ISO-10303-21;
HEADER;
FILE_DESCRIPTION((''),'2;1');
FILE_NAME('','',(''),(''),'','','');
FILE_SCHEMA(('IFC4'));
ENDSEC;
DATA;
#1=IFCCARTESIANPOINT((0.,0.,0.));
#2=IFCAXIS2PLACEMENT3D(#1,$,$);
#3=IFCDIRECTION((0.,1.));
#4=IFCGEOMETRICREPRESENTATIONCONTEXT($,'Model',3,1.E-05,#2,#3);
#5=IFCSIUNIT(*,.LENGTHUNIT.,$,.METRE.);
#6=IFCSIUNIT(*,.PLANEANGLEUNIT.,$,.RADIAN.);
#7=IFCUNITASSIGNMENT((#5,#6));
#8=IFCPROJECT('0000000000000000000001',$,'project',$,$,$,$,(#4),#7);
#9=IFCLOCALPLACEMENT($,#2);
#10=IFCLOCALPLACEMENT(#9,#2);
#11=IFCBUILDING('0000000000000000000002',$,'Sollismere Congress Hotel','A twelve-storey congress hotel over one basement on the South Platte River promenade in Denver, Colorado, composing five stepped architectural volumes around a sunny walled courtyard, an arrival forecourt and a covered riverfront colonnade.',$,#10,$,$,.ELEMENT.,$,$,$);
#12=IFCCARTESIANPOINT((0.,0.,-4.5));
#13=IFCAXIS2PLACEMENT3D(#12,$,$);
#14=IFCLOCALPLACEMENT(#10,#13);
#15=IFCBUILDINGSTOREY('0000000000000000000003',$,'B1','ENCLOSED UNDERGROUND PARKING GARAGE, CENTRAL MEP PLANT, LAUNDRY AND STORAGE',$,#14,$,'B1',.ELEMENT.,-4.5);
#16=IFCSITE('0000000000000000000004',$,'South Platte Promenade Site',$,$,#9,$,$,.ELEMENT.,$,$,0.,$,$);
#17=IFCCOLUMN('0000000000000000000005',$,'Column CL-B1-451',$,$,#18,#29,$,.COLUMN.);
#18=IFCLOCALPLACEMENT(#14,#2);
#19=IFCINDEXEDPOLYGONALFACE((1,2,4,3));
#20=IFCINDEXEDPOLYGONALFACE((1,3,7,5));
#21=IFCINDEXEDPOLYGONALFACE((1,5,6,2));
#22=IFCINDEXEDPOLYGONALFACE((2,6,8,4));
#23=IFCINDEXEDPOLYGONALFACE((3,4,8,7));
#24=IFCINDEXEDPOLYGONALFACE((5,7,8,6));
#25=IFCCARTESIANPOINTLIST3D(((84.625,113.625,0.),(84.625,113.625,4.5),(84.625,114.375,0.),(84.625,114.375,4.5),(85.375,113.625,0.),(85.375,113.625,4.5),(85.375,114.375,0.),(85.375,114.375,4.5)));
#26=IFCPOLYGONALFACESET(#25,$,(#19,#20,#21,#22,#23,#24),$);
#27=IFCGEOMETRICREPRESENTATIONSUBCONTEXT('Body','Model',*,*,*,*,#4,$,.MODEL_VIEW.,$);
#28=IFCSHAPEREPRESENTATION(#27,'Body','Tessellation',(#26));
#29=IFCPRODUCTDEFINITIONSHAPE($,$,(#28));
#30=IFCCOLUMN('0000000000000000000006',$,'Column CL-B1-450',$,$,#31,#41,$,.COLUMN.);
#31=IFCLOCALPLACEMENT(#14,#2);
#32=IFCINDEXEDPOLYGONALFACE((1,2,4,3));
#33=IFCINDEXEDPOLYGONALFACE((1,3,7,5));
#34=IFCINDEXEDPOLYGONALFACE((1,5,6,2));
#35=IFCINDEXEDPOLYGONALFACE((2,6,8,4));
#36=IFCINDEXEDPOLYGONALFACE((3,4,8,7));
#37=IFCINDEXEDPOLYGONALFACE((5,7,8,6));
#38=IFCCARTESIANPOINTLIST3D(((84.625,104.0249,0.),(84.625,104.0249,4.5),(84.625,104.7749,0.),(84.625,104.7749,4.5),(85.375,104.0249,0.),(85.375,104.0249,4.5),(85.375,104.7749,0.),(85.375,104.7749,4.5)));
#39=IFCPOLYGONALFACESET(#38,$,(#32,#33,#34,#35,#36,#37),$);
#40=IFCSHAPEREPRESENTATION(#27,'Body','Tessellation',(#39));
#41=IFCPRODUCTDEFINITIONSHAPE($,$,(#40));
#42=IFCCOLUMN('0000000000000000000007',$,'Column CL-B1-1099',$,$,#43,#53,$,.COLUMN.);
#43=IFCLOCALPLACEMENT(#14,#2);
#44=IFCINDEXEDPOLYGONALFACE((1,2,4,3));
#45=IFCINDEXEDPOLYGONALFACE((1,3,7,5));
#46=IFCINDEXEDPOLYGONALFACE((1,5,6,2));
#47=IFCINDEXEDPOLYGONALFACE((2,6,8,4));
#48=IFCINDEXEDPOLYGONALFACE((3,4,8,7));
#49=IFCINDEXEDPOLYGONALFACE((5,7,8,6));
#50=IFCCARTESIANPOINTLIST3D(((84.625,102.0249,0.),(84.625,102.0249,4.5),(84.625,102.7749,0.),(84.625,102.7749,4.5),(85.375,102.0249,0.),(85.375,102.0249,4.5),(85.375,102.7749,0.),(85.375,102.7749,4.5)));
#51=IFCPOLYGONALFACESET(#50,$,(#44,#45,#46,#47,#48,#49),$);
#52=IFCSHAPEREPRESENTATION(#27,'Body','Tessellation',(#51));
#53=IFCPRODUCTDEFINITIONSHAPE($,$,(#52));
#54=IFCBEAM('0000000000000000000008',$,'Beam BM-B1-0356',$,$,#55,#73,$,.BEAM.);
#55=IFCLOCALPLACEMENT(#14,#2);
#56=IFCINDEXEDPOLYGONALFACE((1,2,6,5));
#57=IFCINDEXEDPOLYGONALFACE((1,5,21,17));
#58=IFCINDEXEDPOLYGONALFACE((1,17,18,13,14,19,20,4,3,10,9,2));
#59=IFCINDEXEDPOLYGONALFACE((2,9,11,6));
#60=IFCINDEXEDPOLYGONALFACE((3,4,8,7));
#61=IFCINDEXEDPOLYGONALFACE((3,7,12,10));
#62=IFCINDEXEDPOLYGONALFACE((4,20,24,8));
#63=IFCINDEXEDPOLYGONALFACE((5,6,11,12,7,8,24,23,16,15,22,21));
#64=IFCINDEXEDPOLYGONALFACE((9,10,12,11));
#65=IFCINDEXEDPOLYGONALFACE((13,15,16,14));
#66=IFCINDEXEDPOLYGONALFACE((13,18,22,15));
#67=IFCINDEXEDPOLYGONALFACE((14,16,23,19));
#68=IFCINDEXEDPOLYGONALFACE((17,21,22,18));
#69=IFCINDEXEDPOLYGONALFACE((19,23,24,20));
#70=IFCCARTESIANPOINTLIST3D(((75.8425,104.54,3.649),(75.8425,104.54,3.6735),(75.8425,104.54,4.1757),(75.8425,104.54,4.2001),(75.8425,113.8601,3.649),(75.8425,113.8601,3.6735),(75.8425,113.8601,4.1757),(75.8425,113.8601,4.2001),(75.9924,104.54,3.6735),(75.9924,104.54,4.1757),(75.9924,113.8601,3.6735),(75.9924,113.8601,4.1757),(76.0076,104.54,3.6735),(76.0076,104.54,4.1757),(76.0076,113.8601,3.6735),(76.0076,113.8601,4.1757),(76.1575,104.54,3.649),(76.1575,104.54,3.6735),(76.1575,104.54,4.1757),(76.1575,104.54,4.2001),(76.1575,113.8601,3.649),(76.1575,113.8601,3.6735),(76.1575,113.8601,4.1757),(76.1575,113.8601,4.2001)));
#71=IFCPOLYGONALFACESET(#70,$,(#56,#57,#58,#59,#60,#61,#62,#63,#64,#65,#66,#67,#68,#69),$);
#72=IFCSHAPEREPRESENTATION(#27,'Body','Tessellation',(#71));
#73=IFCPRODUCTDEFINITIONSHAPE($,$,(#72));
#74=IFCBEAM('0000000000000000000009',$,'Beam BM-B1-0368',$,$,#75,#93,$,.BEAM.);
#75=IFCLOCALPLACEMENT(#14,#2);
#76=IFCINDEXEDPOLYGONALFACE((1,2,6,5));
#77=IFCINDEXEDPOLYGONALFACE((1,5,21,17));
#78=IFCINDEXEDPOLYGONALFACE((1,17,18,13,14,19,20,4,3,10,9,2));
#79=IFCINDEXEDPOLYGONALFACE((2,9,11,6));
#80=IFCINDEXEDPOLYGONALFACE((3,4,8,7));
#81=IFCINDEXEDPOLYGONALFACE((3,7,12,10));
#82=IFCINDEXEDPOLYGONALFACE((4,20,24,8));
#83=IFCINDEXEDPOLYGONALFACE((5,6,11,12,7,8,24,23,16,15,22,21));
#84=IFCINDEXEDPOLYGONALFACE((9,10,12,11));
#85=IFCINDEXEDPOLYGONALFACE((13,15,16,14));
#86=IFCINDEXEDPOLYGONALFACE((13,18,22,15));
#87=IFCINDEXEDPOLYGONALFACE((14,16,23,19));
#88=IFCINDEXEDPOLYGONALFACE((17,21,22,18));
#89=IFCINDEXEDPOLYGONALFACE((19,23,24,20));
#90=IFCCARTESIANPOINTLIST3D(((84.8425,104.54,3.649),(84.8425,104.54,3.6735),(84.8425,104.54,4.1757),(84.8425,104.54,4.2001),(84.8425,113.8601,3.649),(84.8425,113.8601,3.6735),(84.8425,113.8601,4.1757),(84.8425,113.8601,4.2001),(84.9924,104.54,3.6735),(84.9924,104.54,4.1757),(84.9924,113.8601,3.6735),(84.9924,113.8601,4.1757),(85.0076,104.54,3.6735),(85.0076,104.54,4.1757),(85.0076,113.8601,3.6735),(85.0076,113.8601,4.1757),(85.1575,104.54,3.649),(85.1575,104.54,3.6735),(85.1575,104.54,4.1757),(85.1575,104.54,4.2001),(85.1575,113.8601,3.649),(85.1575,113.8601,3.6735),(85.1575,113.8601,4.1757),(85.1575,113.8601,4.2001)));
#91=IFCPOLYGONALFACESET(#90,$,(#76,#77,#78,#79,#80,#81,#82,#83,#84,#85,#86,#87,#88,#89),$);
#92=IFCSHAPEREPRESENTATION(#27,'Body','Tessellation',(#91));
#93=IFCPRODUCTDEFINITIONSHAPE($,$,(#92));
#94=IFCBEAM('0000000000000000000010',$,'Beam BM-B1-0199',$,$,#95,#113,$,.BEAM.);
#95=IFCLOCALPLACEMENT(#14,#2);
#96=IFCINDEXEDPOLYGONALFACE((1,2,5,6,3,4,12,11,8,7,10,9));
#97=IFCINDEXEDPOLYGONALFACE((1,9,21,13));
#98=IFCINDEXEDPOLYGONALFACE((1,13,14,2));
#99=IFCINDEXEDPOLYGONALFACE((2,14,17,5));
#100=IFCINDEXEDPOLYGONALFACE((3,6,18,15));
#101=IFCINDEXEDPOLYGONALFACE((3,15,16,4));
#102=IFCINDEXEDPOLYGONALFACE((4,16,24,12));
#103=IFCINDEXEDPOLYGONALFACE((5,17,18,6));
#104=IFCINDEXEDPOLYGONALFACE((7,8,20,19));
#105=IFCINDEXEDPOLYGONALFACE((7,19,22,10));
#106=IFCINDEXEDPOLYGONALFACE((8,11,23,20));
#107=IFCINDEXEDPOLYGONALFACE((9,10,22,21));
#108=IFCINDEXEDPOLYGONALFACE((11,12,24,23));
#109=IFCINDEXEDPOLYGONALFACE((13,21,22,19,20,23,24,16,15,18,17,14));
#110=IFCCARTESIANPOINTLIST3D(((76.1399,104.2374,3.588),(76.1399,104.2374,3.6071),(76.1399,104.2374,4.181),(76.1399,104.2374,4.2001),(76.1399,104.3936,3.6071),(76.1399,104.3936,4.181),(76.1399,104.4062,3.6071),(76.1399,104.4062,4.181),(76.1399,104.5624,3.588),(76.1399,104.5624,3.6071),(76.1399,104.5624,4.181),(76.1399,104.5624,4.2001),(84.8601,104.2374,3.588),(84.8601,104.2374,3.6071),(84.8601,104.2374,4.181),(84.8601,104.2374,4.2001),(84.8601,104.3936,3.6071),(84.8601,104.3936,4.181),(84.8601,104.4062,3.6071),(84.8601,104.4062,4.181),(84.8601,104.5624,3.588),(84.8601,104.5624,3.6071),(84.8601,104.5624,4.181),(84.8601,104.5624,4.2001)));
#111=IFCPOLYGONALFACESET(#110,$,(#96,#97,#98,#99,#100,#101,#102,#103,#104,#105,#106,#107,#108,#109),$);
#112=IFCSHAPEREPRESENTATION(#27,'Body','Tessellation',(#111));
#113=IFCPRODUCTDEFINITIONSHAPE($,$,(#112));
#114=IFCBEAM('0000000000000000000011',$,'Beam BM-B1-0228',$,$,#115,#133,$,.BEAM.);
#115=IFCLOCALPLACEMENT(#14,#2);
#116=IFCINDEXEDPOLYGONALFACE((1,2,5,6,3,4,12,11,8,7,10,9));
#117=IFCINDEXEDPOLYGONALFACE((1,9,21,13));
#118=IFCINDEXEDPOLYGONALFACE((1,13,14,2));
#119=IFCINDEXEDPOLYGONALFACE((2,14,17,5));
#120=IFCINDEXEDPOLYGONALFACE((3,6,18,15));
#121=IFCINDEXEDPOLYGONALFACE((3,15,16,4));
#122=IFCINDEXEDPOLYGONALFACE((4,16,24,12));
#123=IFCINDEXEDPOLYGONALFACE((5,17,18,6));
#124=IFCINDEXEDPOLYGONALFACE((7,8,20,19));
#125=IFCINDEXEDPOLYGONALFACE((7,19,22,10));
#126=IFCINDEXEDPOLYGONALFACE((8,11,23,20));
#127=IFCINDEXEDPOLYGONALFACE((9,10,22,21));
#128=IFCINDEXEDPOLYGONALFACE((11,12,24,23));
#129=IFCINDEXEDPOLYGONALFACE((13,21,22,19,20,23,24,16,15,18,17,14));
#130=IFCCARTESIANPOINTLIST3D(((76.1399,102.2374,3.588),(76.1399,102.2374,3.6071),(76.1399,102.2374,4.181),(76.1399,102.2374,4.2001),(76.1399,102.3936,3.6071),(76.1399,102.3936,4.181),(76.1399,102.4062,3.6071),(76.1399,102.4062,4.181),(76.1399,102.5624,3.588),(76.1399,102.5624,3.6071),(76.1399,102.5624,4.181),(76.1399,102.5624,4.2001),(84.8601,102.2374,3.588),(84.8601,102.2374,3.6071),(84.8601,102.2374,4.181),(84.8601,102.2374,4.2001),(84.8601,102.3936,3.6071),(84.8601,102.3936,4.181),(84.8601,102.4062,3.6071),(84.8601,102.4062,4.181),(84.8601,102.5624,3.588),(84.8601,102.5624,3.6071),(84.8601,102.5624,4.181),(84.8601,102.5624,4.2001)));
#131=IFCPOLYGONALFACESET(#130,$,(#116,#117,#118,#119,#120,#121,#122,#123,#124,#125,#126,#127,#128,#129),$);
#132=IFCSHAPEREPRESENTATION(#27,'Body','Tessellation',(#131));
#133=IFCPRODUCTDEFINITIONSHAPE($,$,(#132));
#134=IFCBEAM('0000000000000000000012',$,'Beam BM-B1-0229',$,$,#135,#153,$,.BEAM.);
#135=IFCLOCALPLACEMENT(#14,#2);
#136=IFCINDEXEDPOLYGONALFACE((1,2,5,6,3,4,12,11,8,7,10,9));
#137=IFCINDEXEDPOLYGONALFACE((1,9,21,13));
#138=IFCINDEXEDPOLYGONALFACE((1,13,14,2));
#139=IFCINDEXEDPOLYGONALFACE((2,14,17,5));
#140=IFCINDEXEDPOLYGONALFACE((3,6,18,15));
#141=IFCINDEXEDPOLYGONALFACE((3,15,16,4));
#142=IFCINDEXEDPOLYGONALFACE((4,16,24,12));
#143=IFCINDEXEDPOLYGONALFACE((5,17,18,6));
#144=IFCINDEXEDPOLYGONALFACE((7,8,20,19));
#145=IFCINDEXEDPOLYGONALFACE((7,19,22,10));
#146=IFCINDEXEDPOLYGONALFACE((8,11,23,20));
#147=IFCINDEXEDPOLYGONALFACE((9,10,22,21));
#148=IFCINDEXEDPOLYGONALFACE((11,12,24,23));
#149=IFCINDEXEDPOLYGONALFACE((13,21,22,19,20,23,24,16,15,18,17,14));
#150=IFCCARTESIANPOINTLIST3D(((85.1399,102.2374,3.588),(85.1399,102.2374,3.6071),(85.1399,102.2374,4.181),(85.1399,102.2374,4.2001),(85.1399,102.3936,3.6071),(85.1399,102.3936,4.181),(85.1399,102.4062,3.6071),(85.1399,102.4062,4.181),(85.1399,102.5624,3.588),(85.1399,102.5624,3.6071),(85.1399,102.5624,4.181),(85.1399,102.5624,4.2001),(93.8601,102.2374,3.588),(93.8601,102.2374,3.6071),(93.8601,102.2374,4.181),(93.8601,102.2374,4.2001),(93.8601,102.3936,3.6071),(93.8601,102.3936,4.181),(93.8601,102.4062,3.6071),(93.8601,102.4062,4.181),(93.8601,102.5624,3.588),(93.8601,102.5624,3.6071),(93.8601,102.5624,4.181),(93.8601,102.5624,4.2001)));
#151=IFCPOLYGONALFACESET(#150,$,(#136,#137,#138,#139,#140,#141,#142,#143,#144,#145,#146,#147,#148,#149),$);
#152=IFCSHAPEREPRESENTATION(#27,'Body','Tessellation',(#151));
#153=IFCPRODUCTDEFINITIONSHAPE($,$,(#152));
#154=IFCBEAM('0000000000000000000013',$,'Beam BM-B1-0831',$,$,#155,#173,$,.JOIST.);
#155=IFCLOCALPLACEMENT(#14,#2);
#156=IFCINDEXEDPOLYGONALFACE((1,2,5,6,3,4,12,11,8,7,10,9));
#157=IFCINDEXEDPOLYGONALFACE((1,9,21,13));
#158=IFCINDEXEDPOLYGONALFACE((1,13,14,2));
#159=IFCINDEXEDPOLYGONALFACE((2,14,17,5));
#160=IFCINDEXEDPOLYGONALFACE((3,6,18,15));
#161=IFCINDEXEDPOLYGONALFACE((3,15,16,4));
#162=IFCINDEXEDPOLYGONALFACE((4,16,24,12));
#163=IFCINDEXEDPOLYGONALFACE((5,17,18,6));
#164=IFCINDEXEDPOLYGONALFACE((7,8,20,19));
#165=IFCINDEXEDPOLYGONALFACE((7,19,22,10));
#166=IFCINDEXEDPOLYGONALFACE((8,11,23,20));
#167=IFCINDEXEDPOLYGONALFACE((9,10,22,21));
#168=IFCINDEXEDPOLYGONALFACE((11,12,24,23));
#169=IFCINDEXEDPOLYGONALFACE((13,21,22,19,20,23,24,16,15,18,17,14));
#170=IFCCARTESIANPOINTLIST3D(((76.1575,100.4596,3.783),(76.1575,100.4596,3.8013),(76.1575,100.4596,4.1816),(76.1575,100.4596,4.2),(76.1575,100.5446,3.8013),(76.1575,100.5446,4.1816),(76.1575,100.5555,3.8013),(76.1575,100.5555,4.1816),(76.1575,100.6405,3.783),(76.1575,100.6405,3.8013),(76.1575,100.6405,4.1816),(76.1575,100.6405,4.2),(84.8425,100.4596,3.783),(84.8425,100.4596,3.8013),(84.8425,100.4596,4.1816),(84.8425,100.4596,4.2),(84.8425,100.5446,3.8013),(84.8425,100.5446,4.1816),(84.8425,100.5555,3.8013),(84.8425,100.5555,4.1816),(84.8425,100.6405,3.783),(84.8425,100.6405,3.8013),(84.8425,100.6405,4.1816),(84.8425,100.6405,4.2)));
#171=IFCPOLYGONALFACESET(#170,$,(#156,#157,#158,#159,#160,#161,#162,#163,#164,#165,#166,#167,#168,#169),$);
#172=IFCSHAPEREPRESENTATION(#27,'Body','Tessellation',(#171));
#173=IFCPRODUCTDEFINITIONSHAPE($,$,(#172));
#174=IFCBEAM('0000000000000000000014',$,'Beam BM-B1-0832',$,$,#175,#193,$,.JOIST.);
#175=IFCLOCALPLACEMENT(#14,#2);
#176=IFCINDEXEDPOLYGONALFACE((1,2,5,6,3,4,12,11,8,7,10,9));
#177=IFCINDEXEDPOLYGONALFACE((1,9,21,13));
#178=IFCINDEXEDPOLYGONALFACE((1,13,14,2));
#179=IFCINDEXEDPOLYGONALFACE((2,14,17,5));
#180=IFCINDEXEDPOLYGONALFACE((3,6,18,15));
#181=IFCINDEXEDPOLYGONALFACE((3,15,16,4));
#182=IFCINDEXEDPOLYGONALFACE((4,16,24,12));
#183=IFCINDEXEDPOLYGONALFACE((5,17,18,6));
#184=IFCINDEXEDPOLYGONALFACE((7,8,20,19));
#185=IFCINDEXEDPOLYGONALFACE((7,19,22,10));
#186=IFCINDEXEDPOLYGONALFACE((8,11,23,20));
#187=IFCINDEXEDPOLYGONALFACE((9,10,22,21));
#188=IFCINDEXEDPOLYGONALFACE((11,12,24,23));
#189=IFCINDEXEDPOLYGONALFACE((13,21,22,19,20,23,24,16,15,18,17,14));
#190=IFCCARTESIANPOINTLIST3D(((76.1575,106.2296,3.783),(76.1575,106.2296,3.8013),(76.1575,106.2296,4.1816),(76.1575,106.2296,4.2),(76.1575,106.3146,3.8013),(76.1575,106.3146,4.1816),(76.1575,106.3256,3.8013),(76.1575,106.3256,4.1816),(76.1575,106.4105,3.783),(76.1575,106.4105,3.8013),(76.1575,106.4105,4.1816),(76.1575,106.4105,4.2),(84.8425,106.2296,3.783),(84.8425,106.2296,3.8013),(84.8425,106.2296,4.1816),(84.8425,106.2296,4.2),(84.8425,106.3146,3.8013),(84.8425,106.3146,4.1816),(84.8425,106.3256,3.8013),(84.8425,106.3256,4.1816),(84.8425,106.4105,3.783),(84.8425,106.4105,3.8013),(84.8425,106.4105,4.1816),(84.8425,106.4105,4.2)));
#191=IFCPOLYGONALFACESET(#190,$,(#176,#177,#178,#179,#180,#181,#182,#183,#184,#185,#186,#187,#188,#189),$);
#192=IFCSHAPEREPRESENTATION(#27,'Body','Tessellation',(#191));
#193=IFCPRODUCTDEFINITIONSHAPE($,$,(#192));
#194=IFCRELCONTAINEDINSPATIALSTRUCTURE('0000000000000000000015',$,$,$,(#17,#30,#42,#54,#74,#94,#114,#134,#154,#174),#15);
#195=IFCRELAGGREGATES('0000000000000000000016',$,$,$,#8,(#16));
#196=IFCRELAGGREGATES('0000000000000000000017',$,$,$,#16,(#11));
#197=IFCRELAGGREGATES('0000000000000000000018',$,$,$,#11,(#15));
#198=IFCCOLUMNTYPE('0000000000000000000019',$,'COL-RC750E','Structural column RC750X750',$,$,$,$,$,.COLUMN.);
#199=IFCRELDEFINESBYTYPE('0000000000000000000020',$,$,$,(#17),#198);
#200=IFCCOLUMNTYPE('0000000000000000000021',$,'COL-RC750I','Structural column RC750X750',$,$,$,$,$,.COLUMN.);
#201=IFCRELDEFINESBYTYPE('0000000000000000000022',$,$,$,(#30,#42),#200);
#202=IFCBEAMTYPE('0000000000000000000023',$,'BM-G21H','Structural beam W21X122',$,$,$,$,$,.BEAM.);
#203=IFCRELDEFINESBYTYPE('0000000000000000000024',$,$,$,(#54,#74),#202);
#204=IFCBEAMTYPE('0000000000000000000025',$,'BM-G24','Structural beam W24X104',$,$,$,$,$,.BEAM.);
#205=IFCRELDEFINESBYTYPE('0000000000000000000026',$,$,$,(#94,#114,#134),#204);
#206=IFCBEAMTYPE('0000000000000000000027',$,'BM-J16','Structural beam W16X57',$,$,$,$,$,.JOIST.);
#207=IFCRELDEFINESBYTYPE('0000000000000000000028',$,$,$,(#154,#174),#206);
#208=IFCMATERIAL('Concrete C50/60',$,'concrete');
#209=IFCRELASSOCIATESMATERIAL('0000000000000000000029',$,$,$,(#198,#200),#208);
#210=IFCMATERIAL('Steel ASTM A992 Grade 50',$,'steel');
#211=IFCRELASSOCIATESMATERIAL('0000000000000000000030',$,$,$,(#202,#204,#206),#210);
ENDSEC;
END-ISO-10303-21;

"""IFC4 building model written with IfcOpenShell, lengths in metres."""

from ifc_helpers import new_model, si_unit, direction, frame, origin, origin_2d, place, context, subcontext, project, spatial, rectangle, i_section, extrude, material, material_profile, profile_set, type_object, element, save


model = new_model("IFC4")

# Units and contexts
model_context = context("Model", 3, precision=1e-05, world=origin(), true_north=direction((0.0, 1.0)))
body_context = subcontext(model_context, "Body", "Model", "MODEL_VIEW")
ifc_project = project(units=[si_unit("LENGTHUNIT", "METRE"), si_unit("PLANEANGLEUNIT", "RADIAN")], contexts=[model_context])

# Site, building, storey
site_placement = place(None, origin())
site = spatial("IfcSite", under=ifc_project, at=site_placement, Name="South Platte Promenade Site", CompositionType="ELEMENT", RefElevation=0.0)
building_placement = place(site_placement, origin())
building = spatial("IfcBuilding", under=site, at=building_placement, Name="Sollismere Congress Hotel", Description="A twelve-storey congress hotel over one basement on the South Platte River promenade in Denver, Colorado, composing five stepped architectural volumes around a sunny walled courtyard, an arrival forecourt and a covered riverfront colonnade.", CompositionType="ELEMENT")
storey_placement = place(building_placement, frame((0.0, 0.0, -4.5)))
storey = spatial("IfcBuildingStorey", under=building, at=storey_placement, Name="B1", Description="ENCLOSED UNDERGROUND PARKING GARAGE, CENTRAL MEP PLANT, LAUNDRY AND STORAGE", LongName="B1", CompositionType="ELEMENT", Elevation=-4.5)

# Columns
ifc_material_1 = material(Name="Concrete C50/60", Category="concrete")
ifc_material_profile_1 = material_profile(ifc_material_1, rectangle(XDim=0.75, YDim=0.75, at=origin_2d()), Name="RC750X750")
ifc_profile_set_1 = profile_set([ifc_material_profile_1], Name="Concrete C50/60")
column_type_1 = type_object("IfcColumnType", Name="COL-RC750E", Description="Structural column RC750X750", PredefinedType="COLUMN", material=ifc_profile_set_1)
column_placement = place(storey_placement, frame((85.0, 114.0, 0.0), z_axis=(0.0, 0.0, 1.0), x_axis=(1.0, 0.0, 0.0)))
element("IfcColumn", 1, at=column_placement, inside=storey, type_object=column_type_1, Name="Column CL-B1-451", PredefinedType="COLUMN", context=body_context, shape_type="SweptSolid", body=[
    extrude(rectangle(XDim=0.75, YDim=0.75, at=origin_2d()), origin(), (0.0, 0.0, 1.0), 4.5),
])
ifc_material_profile_2 = material_profile(ifc_material_1, rectangle(XDim=0.75, YDim=0.75, at=origin_2d()), Name="RC750X750")
ifc_profile_set_2 = profile_set([ifc_material_profile_2], Name="Concrete C50/60")
column_type_2 = type_object("IfcColumnType", Name="COL-RC750I", Description="Structural column RC750X750", PredefinedType="COLUMN", material=ifc_profile_set_2)
for number, where, z_axis, x_axis, name in (
    (2, (85.0, 104.3999, 0.0), (0.0, 0.0, 1.0), (1.0, 0.0, 0.0), "Column CL-B1-450"),
    (3, (85.0, 102.3999, 0.0), (0.0, 0.0, 1.0), (0.0, 1.0, 0.0), "Column CL-B1-1099"),
):
    element("IfcColumn", number, at=place(storey_placement, frame(where, z_axis=z_axis, x_axis=x_axis)), inside=storey, type_object=column_type_2, Name=name, PredefinedType="COLUMN", context=body_context, shape_type="SweptSolid", body=[
        extrude(rectangle(XDim=0.75, YDim=0.75, at=origin_2d()), origin(), (0.0, 0.0, 1.0), 4.5),
    ])

# Beams
ifc_material_2 = material(Name="Steel ASTM A992 Grade 50", Category="steel")
ifc_material_profile_3 = material_profile(ifc_material_2, i_section(OverallWidth=0.3149, OverallDepth=0.551, WebThickness=0.0151, FlangeThickness=0.0244, at=origin_2d()), Name="W21X122")
ifc_profile_set_3 = profile_set([ifc_material_profile_3], Name="Steel ASTM A992 Grade 50")
beam_type_1 = type_object("IfcBeamType", Name="BM-G21H", Description="Structural beam W21X122", PredefinedType="BEAM", material=ifc_profile_set_3)
for number, where, z_axis, x_axis, name in (
    (4, (76.0, 104.54, 3.9246), (0.0, 1.0, 0.0), (-1.0, 0.0, 0.0), "Beam BM-B1-0356"),
    (5, (85.0, 104.54, 3.9246), (0.0, 1.0, 0.0), (-1.0, 0.0, 0.0), "Beam BM-B1-0368"),
):
    element("IfcBeam", number, at=place(storey_placement, frame(where, z_axis=z_axis, x_axis=x_axis)), inside=storey, type_object=beam_type_1, Name=name, PredefinedType="BEAM", context=body_context, shape_type="SweptSolid", body=[
        extrude(i_section(OverallWidth=0.3149, OverallDepth=0.551, WebThickness=0.0151, FlangeThickness=0.0244, at=origin_2d()), origin(), (0.0, 0.0, 1.0), 9.3201),
    ])
ifc_material_profile_4 = material_profile(ifc_material_2, i_section(OverallWidth=0.325, OverallDepth=0.6121, WebThickness=0.0127, FlangeThickness=0.019, at=origin_2d()), Name="W24X104")
ifc_profile_set_4 = profile_set([ifc_material_profile_4], Name="Steel ASTM A992 Grade 50")
beam_type_2 = type_object("IfcBeamType", Name="BM-G24", Description="Structural beam W24X104", PredefinedType="BEAM", material=ifc_profile_set_4)
for number, where, z_axis, x_axis, name in (
    (6, (76.1399, 104.3999, 3.894), (1.0, 0.0, 0.0), (0.0, 1.0, 0.0), "Beam BM-B1-0199"),
    (7, (76.1399, 102.3999, 3.894), (1.0, 0.0, 0.0), (0.0, 1.0, 0.0), "Beam BM-B1-0228"),
    (8, (85.1399, 102.3999, 3.894), (1.0, 0.0, 0.0), (0.0, 1.0, 0.0), "Beam BM-B1-0229"),
):
    element("IfcBeam", number, at=place(storey_placement, frame(where, z_axis=z_axis, x_axis=x_axis)), inside=storey, type_object=beam_type_2, Name=name, PredefinedType="BEAM", context=body_context, shape_type="SweptSolid", body=[
        extrude(i_section(OverallWidth=0.325, OverallDepth=0.6121, WebThickness=0.0127, FlangeThickness=0.019, at=origin_2d()), origin(), (0.0, 0.0, 1.0), 8.7202),
    ])
ifc_material_profile_5 = material_profile(ifc_material_2, i_section(OverallWidth=0.1809, OverallDepth=0.417, WebThickness=0.011, FlangeThickness=0.0183, at=origin_2d()), Name="W16X57")
ifc_profile_set_5 = profile_set([ifc_material_profile_5], Name="Steel ASTM A992 Grade 50")
beam_type_3 = type_object("IfcBeamType", Name="BM-J16", Description="Structural beam W16X57", PredefinedType="JOIST", material=ifc_profile_set_5)
for number, where, z_axis, x_axis, name in (
    (9, (76.1575, 100.55, 3.9915), (1.0, 0.0, 0.0), (0.0, 1.0, 0.0), "Beam BM-B1-0831"),
    (10, (76.1575, 106.3201, 3.9915), (1.0, 0.0, 0.0), (0.0, 1.0, 0.0), "Beam BM-B1-0832"),
):
    element("IfcBeam", number, at=place(storey_placement, frame(where, z_axis=z_axis, x_axis=x_axis)), inside=storey, type_object=beam_type_3, Name=name, PredefinedType="JOIST", context=body_context, shape_type="SweptSolid", body=[
        extrude(i_section(OverallWidth=0.1809, OverallDepth=0.417, WebThickness=0.011, FlangeThickness=0.0183, at=origin_2d()), origin(), (0.0, 0.0, 1.0), 8.6851),
    ])

save(model, "model.ifc")
